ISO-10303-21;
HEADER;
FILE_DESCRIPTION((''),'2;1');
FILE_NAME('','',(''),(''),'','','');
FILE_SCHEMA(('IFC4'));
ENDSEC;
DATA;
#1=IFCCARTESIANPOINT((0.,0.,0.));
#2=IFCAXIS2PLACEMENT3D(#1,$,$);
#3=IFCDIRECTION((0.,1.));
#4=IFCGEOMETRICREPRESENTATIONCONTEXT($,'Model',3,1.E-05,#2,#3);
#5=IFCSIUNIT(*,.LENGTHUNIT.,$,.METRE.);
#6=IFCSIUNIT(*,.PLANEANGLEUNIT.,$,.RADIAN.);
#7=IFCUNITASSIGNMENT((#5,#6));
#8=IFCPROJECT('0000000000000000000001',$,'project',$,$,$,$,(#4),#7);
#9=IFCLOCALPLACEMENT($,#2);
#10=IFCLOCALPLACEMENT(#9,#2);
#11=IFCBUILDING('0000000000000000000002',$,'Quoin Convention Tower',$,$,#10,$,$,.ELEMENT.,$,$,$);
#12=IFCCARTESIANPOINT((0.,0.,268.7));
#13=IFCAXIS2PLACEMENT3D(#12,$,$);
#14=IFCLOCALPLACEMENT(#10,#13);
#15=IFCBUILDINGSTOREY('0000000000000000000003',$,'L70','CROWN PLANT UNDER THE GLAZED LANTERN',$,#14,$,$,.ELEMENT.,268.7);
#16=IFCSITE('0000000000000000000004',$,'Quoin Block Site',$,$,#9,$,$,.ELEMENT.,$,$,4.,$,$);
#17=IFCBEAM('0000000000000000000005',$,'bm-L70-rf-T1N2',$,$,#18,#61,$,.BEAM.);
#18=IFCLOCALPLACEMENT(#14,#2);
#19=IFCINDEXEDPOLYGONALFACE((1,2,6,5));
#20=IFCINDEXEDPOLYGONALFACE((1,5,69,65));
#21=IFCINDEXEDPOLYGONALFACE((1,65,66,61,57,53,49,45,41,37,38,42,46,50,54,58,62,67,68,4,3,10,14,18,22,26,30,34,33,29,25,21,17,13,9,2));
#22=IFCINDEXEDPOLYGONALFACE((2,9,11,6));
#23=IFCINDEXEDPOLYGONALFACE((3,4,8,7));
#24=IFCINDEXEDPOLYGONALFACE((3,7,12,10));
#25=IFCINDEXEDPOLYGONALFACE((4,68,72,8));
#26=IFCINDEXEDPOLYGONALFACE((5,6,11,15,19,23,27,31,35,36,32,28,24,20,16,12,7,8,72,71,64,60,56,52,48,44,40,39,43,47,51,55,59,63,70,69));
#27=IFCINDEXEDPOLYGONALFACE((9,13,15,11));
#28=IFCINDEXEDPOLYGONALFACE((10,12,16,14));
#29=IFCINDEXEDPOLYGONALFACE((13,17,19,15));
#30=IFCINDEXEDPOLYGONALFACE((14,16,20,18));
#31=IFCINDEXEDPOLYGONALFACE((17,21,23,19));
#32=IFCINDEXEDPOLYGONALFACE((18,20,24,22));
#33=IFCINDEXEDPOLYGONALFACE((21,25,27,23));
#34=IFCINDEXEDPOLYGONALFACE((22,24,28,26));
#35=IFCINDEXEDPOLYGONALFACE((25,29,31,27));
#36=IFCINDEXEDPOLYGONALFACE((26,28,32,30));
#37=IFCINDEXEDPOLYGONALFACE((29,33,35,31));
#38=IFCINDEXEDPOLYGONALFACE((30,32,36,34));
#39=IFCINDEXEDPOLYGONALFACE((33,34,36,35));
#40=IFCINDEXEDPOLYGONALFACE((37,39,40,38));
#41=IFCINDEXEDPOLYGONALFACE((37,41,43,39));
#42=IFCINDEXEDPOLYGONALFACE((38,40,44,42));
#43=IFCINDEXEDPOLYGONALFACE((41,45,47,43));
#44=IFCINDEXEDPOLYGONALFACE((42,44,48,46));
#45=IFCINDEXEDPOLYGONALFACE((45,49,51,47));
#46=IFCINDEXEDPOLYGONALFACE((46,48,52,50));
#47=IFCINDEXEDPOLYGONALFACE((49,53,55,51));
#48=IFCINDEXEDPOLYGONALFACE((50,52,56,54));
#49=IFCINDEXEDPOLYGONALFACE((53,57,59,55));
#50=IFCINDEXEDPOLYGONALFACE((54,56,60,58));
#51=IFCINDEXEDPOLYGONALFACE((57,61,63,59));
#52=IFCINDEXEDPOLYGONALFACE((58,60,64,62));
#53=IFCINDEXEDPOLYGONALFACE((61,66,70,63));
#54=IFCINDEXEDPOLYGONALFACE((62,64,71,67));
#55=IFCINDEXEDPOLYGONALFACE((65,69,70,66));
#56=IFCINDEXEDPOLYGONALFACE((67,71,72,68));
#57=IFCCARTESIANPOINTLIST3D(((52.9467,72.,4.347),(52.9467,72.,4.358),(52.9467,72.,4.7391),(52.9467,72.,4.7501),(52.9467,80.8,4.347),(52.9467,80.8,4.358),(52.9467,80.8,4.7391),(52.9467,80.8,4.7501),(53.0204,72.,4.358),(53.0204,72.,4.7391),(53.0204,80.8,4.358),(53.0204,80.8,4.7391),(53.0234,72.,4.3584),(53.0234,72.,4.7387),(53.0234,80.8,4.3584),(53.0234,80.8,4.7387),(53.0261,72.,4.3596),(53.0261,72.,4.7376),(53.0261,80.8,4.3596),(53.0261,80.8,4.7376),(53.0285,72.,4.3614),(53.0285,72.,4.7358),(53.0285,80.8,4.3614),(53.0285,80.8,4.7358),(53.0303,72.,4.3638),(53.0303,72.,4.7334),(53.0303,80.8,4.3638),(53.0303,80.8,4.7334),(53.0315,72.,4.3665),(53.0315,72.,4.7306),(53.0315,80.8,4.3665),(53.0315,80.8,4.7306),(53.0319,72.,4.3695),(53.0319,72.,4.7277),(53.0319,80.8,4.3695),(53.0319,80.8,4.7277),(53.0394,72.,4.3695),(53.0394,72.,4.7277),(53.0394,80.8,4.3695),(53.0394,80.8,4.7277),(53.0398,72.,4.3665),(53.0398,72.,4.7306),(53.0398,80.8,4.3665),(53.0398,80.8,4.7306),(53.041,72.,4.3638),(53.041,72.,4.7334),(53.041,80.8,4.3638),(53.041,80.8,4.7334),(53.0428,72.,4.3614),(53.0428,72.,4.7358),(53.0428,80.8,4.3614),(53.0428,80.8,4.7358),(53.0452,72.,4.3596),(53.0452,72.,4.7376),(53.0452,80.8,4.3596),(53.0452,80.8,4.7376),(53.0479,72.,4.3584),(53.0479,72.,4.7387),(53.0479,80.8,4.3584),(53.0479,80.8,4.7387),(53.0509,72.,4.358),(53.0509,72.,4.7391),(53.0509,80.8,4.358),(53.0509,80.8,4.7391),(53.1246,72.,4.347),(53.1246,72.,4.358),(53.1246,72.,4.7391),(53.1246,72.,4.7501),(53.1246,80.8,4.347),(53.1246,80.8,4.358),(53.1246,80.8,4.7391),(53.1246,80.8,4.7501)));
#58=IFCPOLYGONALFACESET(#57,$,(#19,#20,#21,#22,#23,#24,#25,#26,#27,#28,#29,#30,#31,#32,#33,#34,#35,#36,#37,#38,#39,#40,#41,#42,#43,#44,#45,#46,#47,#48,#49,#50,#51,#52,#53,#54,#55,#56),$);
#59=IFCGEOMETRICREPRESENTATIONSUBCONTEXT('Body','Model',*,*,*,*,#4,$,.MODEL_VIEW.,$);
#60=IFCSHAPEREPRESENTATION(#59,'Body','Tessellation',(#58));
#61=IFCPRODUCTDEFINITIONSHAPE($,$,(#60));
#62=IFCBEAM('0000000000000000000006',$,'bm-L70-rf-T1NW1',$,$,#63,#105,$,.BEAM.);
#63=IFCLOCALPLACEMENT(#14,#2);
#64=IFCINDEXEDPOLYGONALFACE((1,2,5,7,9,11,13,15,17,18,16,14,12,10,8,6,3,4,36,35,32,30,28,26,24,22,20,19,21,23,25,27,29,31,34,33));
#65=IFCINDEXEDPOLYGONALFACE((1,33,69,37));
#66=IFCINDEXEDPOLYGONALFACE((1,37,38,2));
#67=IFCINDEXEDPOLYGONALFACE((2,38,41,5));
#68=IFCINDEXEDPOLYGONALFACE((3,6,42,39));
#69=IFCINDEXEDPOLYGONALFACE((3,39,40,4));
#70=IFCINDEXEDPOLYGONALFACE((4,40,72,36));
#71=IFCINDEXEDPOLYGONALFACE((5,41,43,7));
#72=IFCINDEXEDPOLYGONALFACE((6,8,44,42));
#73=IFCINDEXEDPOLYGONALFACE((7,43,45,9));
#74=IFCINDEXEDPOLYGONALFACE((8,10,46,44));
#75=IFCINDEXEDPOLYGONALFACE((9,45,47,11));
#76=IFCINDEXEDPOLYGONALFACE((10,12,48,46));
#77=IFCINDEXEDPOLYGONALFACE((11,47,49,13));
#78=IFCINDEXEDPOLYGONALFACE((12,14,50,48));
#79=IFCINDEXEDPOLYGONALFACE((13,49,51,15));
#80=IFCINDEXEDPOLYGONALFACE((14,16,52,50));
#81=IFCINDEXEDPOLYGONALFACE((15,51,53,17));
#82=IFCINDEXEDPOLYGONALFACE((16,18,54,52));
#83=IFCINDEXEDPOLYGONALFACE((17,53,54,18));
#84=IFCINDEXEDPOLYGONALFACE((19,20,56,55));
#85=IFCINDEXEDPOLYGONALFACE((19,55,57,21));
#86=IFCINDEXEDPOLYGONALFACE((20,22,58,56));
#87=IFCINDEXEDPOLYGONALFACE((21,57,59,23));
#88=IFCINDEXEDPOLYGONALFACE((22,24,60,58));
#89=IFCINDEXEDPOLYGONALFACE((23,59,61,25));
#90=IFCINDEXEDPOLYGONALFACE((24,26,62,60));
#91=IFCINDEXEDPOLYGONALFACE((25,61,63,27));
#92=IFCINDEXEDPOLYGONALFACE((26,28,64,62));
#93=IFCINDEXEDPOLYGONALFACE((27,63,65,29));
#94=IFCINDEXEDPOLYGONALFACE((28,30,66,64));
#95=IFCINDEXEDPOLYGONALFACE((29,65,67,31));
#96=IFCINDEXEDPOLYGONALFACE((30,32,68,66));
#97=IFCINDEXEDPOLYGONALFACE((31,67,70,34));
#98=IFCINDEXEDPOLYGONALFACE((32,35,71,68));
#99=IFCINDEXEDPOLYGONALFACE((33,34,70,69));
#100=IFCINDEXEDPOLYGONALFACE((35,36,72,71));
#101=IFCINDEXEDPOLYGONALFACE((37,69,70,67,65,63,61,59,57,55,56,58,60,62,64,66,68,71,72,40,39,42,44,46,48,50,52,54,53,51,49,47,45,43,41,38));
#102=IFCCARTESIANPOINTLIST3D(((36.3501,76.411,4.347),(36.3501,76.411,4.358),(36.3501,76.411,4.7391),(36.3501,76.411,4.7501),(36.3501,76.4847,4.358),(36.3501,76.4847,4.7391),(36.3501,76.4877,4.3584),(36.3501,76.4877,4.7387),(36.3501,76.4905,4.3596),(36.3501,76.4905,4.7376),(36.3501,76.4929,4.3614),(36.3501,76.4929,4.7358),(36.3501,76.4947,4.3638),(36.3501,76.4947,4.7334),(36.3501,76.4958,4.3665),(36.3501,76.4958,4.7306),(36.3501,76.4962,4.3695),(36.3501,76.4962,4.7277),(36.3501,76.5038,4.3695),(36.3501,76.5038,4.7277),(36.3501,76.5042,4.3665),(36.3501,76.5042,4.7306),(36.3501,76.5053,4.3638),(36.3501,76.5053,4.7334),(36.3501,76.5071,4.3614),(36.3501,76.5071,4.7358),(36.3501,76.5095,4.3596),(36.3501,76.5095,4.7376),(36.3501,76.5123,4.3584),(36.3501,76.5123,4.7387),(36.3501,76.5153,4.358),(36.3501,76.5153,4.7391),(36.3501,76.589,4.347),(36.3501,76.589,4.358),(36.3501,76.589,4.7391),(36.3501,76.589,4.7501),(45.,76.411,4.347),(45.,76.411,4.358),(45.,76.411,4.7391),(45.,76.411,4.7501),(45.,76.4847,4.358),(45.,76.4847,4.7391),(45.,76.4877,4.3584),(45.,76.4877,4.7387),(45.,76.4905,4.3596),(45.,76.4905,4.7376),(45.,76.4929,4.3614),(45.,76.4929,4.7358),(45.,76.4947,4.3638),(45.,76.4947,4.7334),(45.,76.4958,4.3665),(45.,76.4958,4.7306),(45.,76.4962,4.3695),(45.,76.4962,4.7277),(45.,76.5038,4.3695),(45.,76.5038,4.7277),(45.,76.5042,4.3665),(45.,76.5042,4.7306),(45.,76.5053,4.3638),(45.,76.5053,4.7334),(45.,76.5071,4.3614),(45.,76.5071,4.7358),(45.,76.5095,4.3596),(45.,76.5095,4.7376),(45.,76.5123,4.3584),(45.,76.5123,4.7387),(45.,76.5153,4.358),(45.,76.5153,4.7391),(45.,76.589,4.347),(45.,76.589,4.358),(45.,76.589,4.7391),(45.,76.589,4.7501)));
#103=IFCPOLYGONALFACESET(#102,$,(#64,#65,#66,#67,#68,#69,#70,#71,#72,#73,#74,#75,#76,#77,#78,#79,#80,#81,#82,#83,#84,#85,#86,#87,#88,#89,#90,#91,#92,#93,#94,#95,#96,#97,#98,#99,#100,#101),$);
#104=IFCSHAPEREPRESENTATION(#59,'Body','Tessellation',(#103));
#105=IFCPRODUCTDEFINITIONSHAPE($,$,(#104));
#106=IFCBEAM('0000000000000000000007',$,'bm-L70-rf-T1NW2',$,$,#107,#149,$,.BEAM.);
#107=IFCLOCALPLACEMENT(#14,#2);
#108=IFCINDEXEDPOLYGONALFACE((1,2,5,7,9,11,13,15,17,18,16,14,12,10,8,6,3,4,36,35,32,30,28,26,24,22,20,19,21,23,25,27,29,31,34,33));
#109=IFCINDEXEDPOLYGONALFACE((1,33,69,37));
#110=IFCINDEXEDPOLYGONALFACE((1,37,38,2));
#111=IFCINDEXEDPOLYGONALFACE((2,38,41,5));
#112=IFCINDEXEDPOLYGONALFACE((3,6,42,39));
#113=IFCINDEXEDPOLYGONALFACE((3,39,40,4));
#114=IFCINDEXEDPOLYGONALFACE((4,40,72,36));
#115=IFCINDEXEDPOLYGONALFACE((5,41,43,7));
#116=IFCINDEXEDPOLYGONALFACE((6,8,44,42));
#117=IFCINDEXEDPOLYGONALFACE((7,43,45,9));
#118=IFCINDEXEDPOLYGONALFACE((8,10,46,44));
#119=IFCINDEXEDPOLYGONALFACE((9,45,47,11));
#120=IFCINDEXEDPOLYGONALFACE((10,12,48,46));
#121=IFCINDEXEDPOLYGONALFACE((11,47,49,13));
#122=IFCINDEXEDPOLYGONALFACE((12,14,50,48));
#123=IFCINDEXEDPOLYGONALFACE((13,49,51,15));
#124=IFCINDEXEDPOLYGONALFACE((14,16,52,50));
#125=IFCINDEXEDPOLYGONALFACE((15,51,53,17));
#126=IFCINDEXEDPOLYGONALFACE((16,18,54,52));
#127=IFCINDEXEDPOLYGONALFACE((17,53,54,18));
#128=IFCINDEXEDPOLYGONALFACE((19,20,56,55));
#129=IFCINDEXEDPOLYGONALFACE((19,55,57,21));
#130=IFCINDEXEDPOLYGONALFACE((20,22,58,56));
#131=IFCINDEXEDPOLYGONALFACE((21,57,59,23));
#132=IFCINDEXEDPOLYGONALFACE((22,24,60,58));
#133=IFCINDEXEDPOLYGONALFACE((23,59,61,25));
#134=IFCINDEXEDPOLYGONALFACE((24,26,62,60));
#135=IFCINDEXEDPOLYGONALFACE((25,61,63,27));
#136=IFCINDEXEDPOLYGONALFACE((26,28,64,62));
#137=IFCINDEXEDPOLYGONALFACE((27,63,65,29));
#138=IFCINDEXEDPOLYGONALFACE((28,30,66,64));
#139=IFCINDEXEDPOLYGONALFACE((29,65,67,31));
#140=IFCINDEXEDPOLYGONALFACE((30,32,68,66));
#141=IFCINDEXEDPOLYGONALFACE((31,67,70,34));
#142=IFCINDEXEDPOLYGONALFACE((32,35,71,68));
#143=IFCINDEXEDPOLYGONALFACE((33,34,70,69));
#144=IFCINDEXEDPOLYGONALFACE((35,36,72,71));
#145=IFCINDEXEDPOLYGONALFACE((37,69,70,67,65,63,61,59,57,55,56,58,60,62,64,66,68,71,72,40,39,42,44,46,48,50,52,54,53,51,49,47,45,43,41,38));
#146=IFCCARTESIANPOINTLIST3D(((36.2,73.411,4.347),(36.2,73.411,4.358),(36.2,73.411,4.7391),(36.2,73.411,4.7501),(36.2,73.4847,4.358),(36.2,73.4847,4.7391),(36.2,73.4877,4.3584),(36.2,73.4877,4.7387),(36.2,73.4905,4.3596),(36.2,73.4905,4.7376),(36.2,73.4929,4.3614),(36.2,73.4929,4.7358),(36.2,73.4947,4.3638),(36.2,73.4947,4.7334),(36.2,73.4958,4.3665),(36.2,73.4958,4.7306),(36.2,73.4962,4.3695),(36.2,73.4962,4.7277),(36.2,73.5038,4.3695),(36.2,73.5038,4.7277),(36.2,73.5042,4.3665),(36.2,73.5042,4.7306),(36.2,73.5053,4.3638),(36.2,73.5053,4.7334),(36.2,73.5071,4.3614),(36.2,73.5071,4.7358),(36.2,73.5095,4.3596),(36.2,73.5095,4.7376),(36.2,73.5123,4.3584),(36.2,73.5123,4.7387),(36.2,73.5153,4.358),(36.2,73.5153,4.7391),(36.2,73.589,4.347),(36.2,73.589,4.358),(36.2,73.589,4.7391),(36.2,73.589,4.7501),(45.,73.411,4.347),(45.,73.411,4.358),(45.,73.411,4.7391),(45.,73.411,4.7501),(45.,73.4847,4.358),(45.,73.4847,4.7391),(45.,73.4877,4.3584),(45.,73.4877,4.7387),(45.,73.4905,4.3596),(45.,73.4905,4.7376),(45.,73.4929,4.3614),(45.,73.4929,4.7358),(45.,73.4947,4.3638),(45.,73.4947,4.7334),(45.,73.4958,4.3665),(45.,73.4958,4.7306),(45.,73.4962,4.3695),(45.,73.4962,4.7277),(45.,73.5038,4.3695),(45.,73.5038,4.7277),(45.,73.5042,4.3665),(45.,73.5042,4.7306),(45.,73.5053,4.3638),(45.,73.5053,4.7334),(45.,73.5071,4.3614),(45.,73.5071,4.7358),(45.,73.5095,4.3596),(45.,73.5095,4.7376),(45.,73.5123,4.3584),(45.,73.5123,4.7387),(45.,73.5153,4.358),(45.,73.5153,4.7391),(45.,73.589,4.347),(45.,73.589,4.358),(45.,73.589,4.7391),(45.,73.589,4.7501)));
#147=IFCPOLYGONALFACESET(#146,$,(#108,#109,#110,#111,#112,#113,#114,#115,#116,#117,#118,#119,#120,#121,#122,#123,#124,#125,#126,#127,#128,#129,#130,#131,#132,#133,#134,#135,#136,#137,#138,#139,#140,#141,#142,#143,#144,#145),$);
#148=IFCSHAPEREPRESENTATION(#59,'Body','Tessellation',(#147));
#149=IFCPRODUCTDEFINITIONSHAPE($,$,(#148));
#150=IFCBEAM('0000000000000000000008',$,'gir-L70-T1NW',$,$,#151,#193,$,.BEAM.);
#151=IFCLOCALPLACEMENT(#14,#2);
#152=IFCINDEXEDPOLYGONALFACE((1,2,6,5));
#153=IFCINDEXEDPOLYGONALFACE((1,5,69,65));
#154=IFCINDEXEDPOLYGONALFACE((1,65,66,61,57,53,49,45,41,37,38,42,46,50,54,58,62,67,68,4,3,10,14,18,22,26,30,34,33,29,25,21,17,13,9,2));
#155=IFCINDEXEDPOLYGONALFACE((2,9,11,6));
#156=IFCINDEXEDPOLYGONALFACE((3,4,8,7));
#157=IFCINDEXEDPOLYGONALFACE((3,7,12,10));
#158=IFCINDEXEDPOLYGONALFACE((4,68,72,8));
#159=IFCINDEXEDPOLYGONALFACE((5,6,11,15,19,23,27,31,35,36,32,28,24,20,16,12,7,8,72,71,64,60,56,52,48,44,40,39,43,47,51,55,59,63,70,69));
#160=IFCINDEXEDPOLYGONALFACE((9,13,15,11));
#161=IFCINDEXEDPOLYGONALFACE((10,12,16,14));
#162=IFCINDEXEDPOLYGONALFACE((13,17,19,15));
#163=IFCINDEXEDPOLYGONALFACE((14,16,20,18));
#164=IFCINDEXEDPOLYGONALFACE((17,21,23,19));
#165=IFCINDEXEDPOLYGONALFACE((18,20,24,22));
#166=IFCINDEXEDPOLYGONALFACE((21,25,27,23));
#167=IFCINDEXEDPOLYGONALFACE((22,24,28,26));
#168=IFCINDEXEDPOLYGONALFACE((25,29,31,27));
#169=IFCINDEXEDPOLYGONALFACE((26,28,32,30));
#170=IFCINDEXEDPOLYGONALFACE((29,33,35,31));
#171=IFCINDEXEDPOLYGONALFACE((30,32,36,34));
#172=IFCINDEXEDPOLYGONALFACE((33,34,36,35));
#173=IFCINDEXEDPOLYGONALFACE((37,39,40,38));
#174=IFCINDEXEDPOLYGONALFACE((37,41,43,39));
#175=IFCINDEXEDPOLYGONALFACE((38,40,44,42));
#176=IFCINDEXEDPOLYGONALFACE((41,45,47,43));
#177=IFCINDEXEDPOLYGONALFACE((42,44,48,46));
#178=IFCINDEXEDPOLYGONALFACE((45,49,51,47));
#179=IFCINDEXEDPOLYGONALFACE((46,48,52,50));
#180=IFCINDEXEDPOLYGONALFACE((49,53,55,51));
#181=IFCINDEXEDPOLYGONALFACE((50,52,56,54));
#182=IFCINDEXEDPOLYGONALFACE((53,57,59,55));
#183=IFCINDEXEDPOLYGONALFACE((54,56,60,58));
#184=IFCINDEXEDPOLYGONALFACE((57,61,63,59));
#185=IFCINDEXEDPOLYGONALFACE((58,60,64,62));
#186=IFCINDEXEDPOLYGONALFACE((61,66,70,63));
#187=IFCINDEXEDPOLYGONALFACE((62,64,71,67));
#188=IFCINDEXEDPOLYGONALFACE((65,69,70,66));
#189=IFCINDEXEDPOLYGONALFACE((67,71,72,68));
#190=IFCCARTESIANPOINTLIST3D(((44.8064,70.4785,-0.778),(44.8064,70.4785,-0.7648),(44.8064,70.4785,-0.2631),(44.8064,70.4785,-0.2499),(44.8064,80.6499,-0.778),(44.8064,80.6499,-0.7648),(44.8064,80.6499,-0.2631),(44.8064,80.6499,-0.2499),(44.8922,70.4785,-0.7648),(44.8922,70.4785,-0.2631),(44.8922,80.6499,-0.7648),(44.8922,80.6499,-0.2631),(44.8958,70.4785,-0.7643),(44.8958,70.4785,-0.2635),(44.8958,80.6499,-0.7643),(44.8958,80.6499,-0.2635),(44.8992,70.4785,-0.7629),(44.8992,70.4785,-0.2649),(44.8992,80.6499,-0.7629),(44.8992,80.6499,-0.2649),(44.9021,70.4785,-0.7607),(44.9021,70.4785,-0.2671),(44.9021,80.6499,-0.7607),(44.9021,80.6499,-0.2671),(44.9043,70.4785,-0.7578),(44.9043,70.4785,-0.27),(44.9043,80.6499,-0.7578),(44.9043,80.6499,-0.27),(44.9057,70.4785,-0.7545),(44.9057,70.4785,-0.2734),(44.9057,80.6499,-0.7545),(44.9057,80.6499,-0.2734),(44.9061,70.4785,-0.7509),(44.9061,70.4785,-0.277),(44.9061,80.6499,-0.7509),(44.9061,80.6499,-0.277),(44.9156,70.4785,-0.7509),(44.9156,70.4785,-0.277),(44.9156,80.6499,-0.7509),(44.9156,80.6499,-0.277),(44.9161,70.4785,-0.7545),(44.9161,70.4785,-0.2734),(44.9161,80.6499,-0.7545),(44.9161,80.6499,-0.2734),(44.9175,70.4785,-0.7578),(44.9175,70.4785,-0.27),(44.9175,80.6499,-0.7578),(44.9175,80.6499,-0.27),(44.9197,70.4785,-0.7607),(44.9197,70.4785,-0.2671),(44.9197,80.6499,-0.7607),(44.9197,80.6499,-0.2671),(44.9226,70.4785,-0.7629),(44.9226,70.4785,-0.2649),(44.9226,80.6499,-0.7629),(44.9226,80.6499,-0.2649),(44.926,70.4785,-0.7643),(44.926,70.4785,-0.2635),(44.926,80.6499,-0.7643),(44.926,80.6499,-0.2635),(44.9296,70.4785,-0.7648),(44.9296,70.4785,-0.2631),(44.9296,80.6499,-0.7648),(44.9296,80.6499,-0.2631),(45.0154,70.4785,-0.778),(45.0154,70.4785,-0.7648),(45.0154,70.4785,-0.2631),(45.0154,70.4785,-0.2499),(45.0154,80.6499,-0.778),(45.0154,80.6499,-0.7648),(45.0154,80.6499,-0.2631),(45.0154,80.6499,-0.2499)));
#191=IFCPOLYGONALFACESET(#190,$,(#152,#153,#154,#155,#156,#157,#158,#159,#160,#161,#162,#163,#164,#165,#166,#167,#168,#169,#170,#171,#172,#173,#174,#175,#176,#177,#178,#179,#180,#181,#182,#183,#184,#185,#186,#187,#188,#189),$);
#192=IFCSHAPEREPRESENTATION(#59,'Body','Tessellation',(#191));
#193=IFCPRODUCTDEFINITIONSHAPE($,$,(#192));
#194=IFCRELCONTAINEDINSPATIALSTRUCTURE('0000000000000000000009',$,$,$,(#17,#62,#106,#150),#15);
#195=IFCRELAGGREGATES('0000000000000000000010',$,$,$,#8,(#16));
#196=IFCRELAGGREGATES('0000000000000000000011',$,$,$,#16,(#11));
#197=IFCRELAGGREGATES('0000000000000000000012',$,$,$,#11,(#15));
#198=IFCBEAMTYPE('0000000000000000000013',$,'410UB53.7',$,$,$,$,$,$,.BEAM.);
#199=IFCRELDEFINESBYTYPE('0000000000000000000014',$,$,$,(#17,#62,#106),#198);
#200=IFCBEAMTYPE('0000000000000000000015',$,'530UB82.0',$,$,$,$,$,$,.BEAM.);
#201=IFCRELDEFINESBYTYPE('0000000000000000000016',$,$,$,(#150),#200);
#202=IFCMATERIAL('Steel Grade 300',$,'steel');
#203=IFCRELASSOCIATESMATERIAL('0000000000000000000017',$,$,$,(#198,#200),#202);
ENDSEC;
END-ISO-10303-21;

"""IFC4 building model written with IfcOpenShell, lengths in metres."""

from ifc_helpers import new_model, si_unit, direction, frame, origin, origin_2d, place, context, subcontext, project, spatial, i_section, extrude, material, material_profile, profile_set, type_object, element, save


model = new_model("IFC4")

# Units and contexts
model_context = context("Model", 3, precision=1e-05, world=origin(), true_north=direction((0.0, 1.0)))
body_context = subcontext(model_context, "Body", "Model", "MODEL_VIEW")
ifc_project = project(units=[si_unit("LENGTHUNIT", "METRE"), si_unit("PLANEANGLEUNIT", "RADIAN")], contexts=[model_context])

# Site, building, storey
site_placement = place(None, origin())
site = spatial("IfcSite", under=ifc_project, at=site_placement, Name="Quoin Block Site", CompositionType="ELEMENT", RefElevation=4.0)
building_placement = place(site_placement, origin())
building = spatial("IfcBuilding", under=site, at=building_placement, Name="Quoin Convention Tower", CompositionType="ELEMENT")
storey_placement = place(building_placement, frame((0.0, 0.0, 268.7)))
storey = spatial("IfcBuildingStorey", under=building, at=storey_placement, Name="L70", Description="CROWN PLANT UNDER THE GLAZED LANTERN", CompositionType="ELEMENT", Elevation=268.7)

# Beams
ifc_material_1 = material(Name="Steel Grade 300", Category="steel")
ifc_material_profile_1 = material_profile(ifc_material_1, i_section(OverallWidth=0.178, OverallDepth=0.4031, WebThickness=0.0076, FlangeThickness=0.011, FilletRadius=0.0115, at=origin_2d()), Name="410UB53.7")
ifc_profile_set_1 = profile_set([ifc_material_profile_1], Name="Steel Grade 300")
beam_type_1 = type_object("IfcBeamType", Name="410UB53.7", PredefinedType="BEAM", material=ifc_profile_set_1)
beam_1_placement = place(storey_placement, frame((53.0356, 72.0, 4.5486), z_axis=(0.0, 1.0, 0.0), x_axis=(-1.0, 0.0, 0.0)))
element("IfcBeam", 1, at=beam_1_placement, inside=storey, type_object=beam_type_1, Name="bm-L70-rf-T1N2", PredefinedType="BEAM", context=body_context, shape_type="SweptSolid", body=[
    extrude(i_section(OverallWidth=0.178, OverallDepth=0.4031, WebThickness=0.0076, FlangeThickness=0.011, FilletRadius=0.0115, at=origin_2d()), origin(), (0.0, 0.0, 1.0), 8.8),
])
beam_2_placement = place(storey_placement, frame((36.3501, 76.5, 4.5486), z_axis=(1.0, 0.0, 0.0), x_axis=(0.0, 1.0, 0.0)))
element("IfcBeam", 2, at=beam_2_placement, inside=storey, type_object=beam_type_1, Name="bm-L70-rf-T1NW1", PredefinedType="BEAM", context=body_context, shape_type="SweptSolid", body=[
    extrude(i_section(OverallWidth=0.178, OverallDepth=0.4031, WebThickness=0.0076, FlangeThickness=0.011, FilletRadius=0.0115, at=origin_2d()), origin(), (0.0, 0.0, 1.0), 8.6499),
])
beam_3_placement = place(storey_placement, frame((36.2, 73.5, 4.5486), z_axis=(1.0, 0.0, 0.0), x_axis=(0.0, 1.0, 0.0)))
element("IfcBeam", 3, at=beam_3_placement, inside=storey, type_object=beam_type_1, Name="bm-L70-rf-T1NW2", PredefinedType="BEAM", context=body_context, shape_type="SweptSolid", body=[
    extrude(i_section(OverallWidth=0.178, OverallDepth=0.4031, WebThickness=0.0076, FlangeThickness=0.011, FilletRadius=0.0115, at=origin_2d()), origin(), (0.0, 0.0, 1.0), 8.8),
])
ifc_material_profile_2 = material_profile(ifc_material_1, i_section(OverallWidth=0.209, OverallDepth=0.5281, WebThickness=0.0095, FlangeThickness=0.0132, FilletRadius=0.0139, at=origin_2d()), Name="530UB82.0")
ifc_profile_set_2 = profile_set([ifc_material_profile_2], Name="Steel Grade 300")
beam_type_2 = type_object("IfcBeamType", Name="530UB82.0", PredefinedType="BEAM", material=ifc_profile_set_2)
beam_4_placement = place(storey_placement, frame((44.9109, 80.6499, -0.5139), z_axis=(0.0, -1.0, 0.0), x_axis=(1.0, 0.0, 0.0)))
element("IfcBeam", 4, at=beam_4_placement, inside=storey, type_object=beam_type_2, Name="gir-L70-T1NW", PredefinedType="BEAM", context=body_context, shape_type="SweptSolid", body=[
    extrude(i_section(OverallWidth=0.209, OverallDepth=0.5281, WebThickness=0.0095, FlangeThickness=0.0132, FilletRadius=0.0139, at=origin_2d()), origin(), (0.0, 0.0, 1.0), 10.1714),
])

save(model, "model.ifc")
